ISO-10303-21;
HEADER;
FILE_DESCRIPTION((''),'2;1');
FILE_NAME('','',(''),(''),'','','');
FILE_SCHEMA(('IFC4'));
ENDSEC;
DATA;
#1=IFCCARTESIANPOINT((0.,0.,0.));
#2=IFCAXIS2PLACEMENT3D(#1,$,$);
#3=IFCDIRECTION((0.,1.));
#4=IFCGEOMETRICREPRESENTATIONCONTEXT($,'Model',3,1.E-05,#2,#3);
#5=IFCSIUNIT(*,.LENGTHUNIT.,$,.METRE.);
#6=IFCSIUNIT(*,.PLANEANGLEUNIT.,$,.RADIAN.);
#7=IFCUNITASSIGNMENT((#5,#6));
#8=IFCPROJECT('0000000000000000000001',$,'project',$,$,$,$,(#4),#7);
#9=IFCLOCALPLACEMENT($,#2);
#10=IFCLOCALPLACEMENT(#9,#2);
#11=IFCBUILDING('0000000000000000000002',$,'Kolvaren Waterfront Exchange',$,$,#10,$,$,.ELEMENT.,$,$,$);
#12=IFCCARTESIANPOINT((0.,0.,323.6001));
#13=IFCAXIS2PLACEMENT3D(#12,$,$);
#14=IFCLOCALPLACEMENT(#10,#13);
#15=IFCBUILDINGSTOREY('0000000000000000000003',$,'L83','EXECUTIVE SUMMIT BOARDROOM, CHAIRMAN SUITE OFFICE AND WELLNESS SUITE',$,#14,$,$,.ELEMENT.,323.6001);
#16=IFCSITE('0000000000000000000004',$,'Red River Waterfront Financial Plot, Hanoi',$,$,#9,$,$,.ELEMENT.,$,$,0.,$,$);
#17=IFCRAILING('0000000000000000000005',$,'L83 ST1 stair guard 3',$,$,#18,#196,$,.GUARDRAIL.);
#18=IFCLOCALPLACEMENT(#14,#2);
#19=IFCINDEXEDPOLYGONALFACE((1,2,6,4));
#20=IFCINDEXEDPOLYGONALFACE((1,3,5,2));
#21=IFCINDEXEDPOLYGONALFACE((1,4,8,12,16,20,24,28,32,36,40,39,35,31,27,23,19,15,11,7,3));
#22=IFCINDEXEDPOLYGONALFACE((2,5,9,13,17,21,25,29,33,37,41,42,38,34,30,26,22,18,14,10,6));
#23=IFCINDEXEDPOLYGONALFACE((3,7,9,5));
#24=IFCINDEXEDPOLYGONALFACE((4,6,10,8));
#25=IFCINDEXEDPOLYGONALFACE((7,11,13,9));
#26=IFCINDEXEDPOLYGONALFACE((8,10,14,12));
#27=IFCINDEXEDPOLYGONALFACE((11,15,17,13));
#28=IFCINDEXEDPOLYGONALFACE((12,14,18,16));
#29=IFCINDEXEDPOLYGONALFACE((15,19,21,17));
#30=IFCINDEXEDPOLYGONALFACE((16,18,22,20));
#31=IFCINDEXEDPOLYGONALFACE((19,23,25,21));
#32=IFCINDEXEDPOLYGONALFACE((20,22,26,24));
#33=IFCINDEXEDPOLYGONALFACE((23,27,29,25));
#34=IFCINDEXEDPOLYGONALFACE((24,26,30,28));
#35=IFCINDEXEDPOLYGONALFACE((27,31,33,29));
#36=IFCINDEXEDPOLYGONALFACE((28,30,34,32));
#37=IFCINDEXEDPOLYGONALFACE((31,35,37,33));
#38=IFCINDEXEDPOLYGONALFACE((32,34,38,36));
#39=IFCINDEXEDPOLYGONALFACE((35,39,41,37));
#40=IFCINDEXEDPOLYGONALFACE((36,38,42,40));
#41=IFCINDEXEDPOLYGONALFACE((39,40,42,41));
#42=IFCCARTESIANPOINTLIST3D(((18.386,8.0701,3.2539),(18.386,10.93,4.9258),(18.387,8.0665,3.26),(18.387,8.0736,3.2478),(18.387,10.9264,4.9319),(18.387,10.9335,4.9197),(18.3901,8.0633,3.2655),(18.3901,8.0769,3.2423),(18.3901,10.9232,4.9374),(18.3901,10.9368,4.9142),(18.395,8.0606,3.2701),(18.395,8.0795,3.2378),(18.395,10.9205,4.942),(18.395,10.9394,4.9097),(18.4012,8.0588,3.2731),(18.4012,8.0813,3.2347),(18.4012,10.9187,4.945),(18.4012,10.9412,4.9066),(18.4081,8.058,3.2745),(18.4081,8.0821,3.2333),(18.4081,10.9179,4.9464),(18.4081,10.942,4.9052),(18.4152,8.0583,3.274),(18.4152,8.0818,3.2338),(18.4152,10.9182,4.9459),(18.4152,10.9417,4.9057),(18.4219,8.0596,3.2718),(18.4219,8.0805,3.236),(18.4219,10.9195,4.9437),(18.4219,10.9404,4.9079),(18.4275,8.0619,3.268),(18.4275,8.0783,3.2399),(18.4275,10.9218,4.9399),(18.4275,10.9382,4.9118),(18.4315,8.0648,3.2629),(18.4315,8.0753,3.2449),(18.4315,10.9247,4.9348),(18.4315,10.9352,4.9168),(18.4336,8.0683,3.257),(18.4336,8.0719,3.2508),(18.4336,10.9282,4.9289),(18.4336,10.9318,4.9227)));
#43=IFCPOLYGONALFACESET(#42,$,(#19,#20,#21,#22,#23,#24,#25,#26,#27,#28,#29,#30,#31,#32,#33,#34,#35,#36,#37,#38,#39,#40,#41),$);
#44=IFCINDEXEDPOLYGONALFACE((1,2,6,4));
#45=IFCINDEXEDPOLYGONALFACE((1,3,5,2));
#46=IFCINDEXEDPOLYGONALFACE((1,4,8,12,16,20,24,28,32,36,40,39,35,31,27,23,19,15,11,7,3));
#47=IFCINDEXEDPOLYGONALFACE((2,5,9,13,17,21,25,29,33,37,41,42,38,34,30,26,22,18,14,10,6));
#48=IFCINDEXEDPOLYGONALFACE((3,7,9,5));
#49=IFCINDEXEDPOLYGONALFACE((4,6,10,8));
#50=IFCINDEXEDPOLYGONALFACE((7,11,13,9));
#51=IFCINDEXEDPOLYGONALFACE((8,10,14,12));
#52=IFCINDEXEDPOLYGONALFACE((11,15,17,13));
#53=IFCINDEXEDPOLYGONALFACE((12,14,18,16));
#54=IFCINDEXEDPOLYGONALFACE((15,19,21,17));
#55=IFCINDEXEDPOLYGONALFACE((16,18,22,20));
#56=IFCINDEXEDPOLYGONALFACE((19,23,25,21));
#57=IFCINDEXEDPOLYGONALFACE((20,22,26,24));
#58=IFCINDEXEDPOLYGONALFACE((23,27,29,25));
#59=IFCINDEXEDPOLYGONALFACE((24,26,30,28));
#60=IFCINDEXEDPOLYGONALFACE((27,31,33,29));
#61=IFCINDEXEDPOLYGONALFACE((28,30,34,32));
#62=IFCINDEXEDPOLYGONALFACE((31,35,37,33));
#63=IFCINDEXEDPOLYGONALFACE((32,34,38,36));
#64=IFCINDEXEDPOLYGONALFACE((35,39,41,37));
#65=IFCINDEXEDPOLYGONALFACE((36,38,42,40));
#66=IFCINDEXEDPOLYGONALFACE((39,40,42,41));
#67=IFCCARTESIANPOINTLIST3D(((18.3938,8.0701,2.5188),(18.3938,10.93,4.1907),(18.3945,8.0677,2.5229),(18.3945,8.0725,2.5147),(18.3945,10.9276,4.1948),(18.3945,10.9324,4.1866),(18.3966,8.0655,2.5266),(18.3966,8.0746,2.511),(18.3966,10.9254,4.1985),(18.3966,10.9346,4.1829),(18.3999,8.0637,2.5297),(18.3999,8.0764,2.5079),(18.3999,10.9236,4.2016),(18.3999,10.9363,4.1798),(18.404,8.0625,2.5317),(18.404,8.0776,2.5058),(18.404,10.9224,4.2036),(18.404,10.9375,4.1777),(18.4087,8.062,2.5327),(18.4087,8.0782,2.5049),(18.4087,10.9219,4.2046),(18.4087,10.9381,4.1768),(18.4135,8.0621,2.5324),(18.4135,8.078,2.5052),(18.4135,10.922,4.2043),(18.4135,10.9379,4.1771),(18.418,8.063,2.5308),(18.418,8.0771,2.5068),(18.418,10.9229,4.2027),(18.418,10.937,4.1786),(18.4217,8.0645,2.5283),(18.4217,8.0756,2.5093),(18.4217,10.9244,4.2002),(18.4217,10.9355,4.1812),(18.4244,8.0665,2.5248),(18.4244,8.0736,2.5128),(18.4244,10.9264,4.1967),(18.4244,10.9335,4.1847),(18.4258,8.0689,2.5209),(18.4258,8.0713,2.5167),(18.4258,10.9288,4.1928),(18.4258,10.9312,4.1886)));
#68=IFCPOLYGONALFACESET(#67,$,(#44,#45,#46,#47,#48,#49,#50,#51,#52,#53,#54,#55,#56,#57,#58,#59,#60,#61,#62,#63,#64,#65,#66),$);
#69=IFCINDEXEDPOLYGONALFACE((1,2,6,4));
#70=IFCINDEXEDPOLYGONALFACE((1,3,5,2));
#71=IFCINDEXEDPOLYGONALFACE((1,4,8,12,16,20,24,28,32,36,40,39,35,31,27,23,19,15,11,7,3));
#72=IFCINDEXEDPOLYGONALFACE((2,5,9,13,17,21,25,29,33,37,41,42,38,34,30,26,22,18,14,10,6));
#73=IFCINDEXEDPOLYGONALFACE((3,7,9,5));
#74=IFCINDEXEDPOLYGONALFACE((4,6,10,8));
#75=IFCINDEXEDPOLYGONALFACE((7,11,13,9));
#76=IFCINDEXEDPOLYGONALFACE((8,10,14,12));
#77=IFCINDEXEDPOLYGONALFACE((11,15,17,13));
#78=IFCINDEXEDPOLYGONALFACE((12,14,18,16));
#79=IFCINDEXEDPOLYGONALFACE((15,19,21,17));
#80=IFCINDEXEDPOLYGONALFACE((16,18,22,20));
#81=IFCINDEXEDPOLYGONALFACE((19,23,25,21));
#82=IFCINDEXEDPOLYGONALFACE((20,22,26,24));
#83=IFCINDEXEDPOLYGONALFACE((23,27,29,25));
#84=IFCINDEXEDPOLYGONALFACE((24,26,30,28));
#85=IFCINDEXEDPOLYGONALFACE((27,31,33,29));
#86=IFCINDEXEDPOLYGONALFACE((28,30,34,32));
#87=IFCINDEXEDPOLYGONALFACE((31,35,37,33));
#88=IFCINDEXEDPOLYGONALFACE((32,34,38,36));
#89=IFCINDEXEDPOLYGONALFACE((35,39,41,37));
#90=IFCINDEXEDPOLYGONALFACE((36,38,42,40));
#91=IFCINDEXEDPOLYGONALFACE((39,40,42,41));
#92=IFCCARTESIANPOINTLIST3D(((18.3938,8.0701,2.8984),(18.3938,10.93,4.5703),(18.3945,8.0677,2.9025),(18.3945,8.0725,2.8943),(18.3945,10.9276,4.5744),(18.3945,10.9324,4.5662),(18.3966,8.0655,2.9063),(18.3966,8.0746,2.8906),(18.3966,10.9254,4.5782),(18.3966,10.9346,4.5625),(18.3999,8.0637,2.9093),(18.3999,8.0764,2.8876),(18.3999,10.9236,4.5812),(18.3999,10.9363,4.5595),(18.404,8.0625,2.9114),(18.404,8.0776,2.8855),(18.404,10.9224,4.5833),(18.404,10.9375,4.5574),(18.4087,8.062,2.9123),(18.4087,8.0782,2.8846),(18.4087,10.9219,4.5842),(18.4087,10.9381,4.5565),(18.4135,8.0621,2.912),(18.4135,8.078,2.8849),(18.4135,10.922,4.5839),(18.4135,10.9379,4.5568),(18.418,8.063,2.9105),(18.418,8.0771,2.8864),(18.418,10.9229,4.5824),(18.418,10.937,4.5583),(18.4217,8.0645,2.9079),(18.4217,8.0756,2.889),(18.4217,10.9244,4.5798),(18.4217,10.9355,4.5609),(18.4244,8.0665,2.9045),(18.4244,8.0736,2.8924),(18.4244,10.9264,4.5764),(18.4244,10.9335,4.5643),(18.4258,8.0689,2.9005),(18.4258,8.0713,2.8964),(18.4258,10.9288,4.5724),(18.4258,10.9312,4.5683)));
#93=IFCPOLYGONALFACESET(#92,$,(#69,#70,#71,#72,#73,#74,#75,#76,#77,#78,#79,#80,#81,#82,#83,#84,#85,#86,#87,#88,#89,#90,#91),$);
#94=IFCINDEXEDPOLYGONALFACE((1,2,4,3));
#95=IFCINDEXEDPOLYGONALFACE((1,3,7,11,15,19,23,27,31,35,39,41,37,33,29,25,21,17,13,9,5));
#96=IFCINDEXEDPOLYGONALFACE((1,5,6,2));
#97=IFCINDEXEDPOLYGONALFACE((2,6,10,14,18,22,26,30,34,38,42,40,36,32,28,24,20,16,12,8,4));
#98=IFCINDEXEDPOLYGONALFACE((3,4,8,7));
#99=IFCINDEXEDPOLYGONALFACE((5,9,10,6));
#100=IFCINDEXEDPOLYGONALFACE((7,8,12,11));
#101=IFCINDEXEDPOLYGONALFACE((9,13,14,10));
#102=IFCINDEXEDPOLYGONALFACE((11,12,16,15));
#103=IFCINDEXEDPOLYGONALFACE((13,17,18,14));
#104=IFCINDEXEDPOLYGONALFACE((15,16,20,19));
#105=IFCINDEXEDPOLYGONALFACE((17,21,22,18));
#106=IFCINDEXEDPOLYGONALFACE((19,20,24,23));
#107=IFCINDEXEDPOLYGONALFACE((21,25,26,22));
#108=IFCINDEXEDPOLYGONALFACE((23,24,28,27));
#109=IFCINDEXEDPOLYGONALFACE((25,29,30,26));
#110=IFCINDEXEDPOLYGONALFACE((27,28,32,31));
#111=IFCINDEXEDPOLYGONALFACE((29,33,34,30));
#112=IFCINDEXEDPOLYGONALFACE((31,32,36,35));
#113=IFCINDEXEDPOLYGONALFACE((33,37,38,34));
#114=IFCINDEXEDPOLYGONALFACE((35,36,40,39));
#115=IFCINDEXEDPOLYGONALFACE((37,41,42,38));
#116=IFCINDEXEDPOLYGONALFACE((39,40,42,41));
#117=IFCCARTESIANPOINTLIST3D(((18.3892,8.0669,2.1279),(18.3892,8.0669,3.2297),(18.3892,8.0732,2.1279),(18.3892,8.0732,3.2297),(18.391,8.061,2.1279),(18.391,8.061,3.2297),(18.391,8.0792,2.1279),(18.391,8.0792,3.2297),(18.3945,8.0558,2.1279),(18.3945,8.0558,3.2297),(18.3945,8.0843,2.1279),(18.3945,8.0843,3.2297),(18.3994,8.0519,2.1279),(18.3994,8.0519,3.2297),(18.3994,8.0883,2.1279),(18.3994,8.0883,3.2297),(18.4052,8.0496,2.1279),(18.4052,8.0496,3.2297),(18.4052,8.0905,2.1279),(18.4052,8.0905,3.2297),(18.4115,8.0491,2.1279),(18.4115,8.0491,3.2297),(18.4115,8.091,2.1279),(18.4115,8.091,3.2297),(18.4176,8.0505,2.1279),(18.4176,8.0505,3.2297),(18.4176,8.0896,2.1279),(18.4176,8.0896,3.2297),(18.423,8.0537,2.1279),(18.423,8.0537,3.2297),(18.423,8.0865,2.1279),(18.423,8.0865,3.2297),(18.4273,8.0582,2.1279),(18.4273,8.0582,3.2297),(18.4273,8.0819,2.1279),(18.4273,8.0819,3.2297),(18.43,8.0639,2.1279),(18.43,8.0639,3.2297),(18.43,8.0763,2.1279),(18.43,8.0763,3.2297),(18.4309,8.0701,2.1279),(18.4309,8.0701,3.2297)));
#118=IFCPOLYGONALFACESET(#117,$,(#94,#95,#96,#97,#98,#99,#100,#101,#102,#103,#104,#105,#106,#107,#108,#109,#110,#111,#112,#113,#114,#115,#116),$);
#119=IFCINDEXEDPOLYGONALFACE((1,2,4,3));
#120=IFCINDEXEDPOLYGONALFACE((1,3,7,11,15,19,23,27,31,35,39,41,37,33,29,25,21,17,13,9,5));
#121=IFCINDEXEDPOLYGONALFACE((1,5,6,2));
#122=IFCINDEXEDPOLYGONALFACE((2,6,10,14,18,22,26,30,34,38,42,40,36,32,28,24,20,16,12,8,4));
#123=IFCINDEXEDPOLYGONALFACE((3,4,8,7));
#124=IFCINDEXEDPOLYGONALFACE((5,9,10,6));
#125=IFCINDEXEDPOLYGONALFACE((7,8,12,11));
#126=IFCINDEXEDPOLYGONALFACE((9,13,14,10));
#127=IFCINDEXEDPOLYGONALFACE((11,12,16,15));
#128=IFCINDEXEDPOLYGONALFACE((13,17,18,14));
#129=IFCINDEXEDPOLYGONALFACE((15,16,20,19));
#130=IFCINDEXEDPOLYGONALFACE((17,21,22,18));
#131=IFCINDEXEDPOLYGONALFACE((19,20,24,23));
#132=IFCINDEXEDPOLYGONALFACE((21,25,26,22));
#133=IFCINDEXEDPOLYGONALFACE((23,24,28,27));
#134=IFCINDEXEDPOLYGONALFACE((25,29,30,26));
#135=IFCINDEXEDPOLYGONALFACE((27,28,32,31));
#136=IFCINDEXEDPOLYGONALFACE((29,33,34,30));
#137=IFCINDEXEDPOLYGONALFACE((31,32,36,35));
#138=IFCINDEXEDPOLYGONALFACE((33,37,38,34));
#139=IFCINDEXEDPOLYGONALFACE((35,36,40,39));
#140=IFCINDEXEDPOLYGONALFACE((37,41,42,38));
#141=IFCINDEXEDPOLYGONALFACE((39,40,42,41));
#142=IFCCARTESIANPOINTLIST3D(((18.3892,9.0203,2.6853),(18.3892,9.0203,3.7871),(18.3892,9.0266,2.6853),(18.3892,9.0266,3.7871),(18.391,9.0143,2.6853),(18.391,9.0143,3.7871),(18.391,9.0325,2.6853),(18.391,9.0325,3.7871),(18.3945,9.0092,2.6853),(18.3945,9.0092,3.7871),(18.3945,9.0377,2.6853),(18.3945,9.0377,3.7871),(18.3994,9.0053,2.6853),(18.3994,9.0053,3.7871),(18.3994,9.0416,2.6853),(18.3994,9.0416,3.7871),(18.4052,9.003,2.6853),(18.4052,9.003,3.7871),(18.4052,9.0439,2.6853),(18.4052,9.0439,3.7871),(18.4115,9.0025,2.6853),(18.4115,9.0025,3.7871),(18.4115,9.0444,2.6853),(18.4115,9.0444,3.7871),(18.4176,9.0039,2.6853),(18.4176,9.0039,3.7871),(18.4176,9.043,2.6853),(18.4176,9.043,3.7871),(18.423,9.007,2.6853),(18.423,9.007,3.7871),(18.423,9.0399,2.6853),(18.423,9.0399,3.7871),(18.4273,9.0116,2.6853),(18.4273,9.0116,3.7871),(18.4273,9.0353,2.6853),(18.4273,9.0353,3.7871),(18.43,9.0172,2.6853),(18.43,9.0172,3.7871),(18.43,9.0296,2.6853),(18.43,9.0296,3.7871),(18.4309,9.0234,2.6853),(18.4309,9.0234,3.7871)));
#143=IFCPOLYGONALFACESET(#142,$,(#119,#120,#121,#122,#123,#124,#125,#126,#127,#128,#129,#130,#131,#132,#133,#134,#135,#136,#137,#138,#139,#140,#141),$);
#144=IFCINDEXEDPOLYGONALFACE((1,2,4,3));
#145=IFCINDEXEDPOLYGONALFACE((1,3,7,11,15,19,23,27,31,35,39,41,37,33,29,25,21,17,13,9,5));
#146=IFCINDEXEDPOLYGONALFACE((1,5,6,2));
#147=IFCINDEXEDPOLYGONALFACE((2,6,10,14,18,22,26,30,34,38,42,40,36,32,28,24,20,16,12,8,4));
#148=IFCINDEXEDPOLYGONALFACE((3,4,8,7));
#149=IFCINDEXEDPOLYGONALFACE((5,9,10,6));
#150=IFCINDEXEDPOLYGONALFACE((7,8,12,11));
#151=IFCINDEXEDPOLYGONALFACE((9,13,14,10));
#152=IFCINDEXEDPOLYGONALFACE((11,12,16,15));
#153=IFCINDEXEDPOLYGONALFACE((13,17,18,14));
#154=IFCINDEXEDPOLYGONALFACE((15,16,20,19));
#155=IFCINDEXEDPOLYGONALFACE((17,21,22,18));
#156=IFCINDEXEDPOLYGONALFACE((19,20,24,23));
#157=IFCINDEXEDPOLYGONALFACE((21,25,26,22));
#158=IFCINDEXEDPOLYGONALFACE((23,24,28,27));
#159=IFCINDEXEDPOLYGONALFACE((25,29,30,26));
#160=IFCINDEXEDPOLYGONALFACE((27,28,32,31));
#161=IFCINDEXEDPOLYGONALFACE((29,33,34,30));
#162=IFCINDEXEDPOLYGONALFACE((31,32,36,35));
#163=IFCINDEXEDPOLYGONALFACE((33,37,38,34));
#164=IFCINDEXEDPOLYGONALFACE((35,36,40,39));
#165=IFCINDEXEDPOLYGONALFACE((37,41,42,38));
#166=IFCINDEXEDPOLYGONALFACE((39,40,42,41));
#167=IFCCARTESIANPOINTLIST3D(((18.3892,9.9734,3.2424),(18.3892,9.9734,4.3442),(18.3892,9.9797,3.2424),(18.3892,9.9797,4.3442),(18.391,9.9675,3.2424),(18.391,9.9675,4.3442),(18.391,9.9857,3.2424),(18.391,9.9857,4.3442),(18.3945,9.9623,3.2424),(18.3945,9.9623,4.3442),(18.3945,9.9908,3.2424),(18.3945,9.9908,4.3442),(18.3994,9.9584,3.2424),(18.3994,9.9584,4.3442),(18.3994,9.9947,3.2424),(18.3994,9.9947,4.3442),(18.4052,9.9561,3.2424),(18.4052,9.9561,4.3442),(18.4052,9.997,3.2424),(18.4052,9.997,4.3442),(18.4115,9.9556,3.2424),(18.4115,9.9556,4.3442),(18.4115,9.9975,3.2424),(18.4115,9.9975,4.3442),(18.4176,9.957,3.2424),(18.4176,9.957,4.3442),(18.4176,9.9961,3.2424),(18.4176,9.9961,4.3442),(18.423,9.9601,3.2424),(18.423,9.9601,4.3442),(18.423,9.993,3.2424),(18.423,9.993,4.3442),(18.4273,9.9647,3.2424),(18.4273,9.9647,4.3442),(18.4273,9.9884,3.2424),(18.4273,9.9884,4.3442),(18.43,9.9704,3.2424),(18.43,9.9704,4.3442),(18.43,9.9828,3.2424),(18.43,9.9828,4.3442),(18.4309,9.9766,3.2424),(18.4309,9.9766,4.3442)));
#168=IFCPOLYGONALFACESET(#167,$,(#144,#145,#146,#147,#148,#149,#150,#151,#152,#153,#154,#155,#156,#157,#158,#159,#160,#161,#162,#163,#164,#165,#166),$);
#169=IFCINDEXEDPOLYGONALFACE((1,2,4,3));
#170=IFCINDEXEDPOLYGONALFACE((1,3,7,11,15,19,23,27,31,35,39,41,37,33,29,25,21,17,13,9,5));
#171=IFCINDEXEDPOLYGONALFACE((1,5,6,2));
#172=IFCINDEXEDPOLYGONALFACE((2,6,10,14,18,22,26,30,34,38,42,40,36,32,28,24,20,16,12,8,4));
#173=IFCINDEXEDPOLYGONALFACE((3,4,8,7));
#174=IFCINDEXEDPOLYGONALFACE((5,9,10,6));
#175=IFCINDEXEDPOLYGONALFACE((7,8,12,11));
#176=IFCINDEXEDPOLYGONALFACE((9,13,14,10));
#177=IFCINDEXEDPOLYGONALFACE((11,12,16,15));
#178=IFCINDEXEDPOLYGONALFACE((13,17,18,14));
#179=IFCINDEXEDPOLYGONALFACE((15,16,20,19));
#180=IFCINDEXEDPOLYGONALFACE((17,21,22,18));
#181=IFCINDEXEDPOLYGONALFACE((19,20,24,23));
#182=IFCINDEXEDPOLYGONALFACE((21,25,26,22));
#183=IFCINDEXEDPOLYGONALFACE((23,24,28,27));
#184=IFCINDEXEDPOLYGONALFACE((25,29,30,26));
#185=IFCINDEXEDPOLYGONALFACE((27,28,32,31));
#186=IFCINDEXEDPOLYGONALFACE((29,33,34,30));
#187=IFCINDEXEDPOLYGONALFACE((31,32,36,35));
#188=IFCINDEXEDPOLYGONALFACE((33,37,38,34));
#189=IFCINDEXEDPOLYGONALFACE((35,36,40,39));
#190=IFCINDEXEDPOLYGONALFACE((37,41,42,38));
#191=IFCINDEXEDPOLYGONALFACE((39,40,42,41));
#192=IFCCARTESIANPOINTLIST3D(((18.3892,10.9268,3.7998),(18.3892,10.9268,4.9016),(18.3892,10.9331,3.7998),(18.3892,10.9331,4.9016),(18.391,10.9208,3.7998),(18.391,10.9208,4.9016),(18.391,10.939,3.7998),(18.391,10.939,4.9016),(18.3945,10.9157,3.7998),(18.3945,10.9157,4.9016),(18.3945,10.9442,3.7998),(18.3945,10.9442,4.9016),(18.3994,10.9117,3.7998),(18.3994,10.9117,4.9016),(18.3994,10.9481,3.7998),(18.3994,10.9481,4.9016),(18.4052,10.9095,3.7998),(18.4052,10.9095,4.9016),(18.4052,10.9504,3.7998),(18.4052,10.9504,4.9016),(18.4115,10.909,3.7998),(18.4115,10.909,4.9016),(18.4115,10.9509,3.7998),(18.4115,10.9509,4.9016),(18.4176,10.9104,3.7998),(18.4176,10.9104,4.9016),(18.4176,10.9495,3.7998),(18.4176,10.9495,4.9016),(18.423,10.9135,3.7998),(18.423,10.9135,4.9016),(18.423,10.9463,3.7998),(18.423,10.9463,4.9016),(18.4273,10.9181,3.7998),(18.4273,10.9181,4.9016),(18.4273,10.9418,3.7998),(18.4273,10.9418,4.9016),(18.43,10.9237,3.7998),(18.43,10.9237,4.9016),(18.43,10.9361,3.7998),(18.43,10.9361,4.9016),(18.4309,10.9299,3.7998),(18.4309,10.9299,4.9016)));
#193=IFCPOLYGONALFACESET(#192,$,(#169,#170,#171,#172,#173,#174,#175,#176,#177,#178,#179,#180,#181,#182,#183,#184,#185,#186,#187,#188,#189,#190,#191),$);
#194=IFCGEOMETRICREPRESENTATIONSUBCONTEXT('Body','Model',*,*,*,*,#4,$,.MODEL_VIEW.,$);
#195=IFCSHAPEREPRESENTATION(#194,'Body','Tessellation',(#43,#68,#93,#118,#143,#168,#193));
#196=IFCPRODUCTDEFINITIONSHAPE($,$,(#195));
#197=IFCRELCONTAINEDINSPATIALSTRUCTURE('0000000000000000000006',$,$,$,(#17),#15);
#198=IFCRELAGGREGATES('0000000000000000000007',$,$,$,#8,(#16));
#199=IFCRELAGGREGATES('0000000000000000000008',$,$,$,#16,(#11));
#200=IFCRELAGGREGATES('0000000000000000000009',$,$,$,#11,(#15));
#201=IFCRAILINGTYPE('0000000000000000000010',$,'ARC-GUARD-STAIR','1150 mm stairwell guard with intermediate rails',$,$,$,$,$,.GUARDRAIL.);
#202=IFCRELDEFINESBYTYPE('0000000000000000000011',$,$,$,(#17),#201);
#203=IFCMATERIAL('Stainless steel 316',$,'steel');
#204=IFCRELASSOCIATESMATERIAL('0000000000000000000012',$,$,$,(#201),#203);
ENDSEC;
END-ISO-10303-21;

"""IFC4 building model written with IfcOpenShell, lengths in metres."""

from ifc_helpers import new_model, si_unit, direction, frame, origin, origin_2d, place, context, subcontext, project, spatial, circle, extrude, material, type_object, element, save


model = new_model("IFC4")

# Units and contexts
model_context = context("Model", 3, precision=1e-05, world=origin(), true_north=direction((0.0, 1.0)))
body_context = subcontext(model_context, "Body", "Model", "MODEL_VIEW")
ifc_project = project(units=[si_unit("LENGTHUNIT", "METRE"), si_unit("PLANEANGLEUNIT", "RADIAN")], contexts=[model_context])

# Site, building, storey
site_placement = place(None, origin())
site = spatial("IfcSite", under=ifc_project, at=site_placement, Name="Red River Waterfront Financial Plot, Hanoi", CompositionType="ELEMENT", RefElevation=0.0)
building_placement = place(site_placement, origin())
building = spatial("IfcBuilding", under=site, at=building_placement, Name="Kolvaren Waterfront Exchange", CompositionType="ELEMENT")
storey_placement = place(building_placement, frame((0.0, 0.0, 323.6001)))
storey = spatial("IfcBuildingStorey", under=building, at=storey_placement, Name="L83", Description="EXECUTIVE SUMMIT BOARDROOM, CHAIRMAN SUITE OFFICE AND WELLNESS SUITE", CompositionType="ELEMENT", Elevation=323.6001)

# Railing
ifc_material_1 = material(Name="Stainless steel 316", Category="steel")
railing_type_1 = type_object("IfcRailingType", Name="ARC-GUARD-STAIR", Description="1150 mm stairwell guard with intermediate rails", PredefinedType="GUARDRAIL", material=ifc_material_1)
railing_1_placement = place(storey_placement, frame((18.4099, 8.0701, 2.1279)))
element("IfcRailing", 1, at=railing_1_placement, inside=storey, type_object=railing_type_1, Name="L83 ST1 stair guard 3", PredefinedType="GUARDRAIL", context=body_context, shape_type="SweptSolid", body=[
    extrude(circle(Radius=0.0239, at=origin_2d()), frame((0.0, 0.0, 1.126), z_axis=(0.0, 0.863303, 0.504686), x_axis=(-1.0, 0.0, 0.0)), (0.0, 0.0, 1.0), 3.3127),
    extrude(circle(Radius=0.0161, at=origin_2d()), frame((0.0, 0.0, 0.3909), z_axis=(0.0, 0.863303, 0.504686), x_axis=(-1.0, 0.0, 0.0)), (0.0, 0.0, 1.0), 3.3127),
    extrude(circle(Radius=0.0161, at=origin_2d()), frame((0.0, 0.0, 0.7705), z_axis=(0.0, 0.863303, 0.504686), x_axis=(-1.0, 0.0, 0.0)), (0.0, 0.0, 1.0), 3.3127),
    extrude(circle(Radius=0.021, at=origin_2d()), origin(), (0.0, 0.0, 1.0), 1.1018),
    extrude(circle(Radius=0.021, at=origin_2d()), frame((0.0, 0.9534, 0.5574)), (0.0, 0.0, 1.0), 1.1018),
    extrude(circle(Radius=0.021, at=origin_2d()), frame((0.0, 1.9065, 1.1145)), (0.0, 0.0, 1.0), 1.1018),
    extrude(circle(Radius=0.021, at=origin_2d()), frame((0.0, 2.8599, 1.6719)), (0.0, 0.0, 1.0), 1.1018),
])

save(model, "model.ifc")
